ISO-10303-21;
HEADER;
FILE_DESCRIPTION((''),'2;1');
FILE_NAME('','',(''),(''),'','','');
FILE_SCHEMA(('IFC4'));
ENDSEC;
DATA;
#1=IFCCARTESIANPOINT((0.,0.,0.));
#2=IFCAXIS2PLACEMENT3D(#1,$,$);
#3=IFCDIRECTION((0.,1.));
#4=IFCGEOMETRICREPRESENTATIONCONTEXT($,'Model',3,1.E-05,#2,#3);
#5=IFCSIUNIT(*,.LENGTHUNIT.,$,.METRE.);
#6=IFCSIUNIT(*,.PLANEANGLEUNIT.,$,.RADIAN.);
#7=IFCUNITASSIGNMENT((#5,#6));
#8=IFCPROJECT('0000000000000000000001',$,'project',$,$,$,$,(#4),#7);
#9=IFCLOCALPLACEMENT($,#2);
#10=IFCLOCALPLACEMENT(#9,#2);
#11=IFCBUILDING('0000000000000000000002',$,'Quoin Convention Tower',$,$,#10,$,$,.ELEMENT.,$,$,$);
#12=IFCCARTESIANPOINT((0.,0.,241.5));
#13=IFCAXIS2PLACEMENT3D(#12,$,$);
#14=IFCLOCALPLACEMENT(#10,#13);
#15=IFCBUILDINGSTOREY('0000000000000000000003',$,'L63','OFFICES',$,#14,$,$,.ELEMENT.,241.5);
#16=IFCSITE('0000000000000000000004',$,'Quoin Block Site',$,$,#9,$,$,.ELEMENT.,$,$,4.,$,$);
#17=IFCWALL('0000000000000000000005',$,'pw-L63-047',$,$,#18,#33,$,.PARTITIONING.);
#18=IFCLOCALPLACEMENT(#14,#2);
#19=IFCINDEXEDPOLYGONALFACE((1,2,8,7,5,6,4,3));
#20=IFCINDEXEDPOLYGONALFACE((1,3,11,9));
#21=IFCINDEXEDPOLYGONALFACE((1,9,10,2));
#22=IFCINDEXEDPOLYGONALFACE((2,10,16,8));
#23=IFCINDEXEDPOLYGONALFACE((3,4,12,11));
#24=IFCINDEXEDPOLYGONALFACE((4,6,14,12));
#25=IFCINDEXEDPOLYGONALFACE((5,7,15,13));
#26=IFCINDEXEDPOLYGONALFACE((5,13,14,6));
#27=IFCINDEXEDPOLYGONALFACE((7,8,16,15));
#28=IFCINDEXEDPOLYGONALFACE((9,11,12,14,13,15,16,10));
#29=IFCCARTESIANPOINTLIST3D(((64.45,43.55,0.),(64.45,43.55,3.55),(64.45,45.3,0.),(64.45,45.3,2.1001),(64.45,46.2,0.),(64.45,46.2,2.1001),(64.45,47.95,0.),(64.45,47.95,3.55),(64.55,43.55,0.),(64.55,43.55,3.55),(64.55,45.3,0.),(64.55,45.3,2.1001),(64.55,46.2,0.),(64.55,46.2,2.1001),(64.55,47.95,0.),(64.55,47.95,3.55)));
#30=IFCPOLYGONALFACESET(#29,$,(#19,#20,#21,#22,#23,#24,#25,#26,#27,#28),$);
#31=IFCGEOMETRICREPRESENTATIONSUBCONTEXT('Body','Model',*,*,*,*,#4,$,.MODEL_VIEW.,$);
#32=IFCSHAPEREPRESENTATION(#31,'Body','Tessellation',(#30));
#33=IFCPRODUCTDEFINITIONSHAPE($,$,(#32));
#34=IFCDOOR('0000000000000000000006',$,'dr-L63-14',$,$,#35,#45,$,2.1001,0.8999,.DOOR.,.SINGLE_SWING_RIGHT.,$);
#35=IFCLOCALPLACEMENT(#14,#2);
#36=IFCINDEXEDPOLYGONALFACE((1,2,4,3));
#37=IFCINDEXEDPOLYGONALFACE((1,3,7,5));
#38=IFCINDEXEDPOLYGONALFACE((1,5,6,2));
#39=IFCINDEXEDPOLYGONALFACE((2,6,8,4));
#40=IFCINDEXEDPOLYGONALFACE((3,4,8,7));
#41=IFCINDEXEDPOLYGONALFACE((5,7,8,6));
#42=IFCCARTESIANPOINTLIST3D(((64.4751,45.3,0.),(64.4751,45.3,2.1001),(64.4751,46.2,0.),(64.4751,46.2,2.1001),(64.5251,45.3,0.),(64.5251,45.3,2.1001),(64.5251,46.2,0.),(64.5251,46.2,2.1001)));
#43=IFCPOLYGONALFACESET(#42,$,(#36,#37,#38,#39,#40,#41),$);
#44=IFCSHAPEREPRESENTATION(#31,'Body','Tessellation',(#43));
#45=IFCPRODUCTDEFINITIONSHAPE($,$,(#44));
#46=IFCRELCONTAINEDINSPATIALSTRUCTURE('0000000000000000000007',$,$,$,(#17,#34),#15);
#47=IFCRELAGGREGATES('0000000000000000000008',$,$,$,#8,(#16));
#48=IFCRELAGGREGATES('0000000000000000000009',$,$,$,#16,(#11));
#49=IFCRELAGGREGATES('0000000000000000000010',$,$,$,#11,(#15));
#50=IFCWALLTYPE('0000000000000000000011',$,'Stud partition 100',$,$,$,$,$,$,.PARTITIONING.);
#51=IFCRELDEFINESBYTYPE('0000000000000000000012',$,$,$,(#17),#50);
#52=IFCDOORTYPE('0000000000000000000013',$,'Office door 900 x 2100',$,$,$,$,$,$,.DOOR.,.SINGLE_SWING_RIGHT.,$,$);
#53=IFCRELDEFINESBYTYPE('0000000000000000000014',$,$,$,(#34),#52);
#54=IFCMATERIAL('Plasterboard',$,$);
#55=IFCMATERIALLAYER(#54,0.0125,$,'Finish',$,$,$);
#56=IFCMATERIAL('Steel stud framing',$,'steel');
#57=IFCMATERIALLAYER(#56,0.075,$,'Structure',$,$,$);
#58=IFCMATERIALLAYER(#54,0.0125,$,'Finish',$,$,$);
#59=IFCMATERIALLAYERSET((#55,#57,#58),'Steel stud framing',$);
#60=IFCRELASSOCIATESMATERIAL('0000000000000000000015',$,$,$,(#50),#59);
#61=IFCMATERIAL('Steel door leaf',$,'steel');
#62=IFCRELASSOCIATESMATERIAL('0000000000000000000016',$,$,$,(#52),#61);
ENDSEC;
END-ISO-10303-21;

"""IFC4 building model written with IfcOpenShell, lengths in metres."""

from ifc_helpers import new_model, si_unit, direction, frame, frame_2d, origin, place, context, subcontext, project, spatial, rectangle, extrude, material, layer, layer_set, type_object, element, fill, save


model = new_model("IFC4")

# Units and contexts
model_context = context("Model", 3, precision=1e-05, world=origin(), true_north=direction((0.0, 1.0)))
body_context = subcontext(model_context, "Body", "Model", "MODEL_VIEW")
ifc_project = project(units=[si_unit("LENGTHUNIT", "METRE"), si_unit("PLANEANGLEUNIT", "RADIAN")], contexts=[model_context])

# Site, building, storey
site_placement = place(None, origin())
site = spatial("IfcSite", under=ifc_project, at=site_placement, Name="Quoin Block Site", CompositionType="ELEMENT", RefElevation=4.0)
building_placement = place(site_placement, origin())
building = spatial("IfcBuilding", under=site, at=building_placement, Name="Quoin Convention Tower", CompositionType="ELEMENT")
storey_placement = place(building_placement, frame((0.0, 0.0, 241.5)))
storey = spatial("IfcBuildingStorey", under=building, at=storey_placement, Name="L63", Description="OFFICES", CompositionType="ELEMENT", Elevation=241.5)

# Shared definitions
ifc_material_1 = material(Name="Plasterboard")
ifc_material_2 = material(Name="Steel stud framing", Category="steel")

# Shared definitions
ifc_material_3 = material(Name="Steel door leaf", Category="steel")

# Shared definitions
ifc_layer_1 = layer(ifc_material_1, 0.0125, Name="Finish")
ifc_layer_2 = layer(ifc_material_2, 0.075, Name="Structure")
ifc_layer_3 = layer(ifc_material_1, 0.0125, Name="Finish")
ifc_layer_set_1 = layer_set([ifc_layer_1, ifc_layer_2, ifc_layer_3], Name="Steel stud framing")
wall_type_1 = type_object("IfcWallType", Name="Stud partition 100", PredefinedType="PARTITIONING", material=ifc_layer_set_1)

# Wall, opening, door
door_type_1 = type_object("IfcDoorType", Name="Office door 900 x 2100", OperationType="SINGLE_SWING_RIGHT", PredefinedType="DOOR", material=ifc_material_3)
wall_1_placement = place(storey_placement, frame((64.5, 43.55, 0.0), z_axis=(0.0, 0.0, 1.0), x_axis=(0.0, 1.0, 0.0)))
wall_1 = element("IfcWall", 1, at=wall_1_placement, inside=storey, type_object=wall_type_1, Name="pw-L63-047", PredefinedType="PARTITIONING", context=body_context, shape_type="SweptSolid", body=[
    extrude(rectangle(XDim=4.3999, YDim=0.1001, at=frame_2d((2.2, 0.0))), origin(), (0.0, 0.0, 1.0), 3.55),
])
opening_1_placement = place(wall_1_placement, frame((1.75, 0.0, 0.0)))
opening_1 = element("IfcOpeningElement", 2, at=opening_1_placement, cuts=wall_1, PredefinedType="OPENING", context=body_context, shape_type="SweptSolid", body=[
    extrude(rectangle(XDim=0.8999, YDim=2.1001, at=frame_2d((0.45, 1.05))), frame((0.0, 0.0601, 0.0), z_axis=(0.0, -1.0, 0.0), x_axis=(1.0, 0.0, 0.0)), (0.0, 0.0, 1.0), 0.1201),
])
door_1_placement = place(opening_1_placement, origin())
door_1 = element("IfcDoor", 3, at=door_1_placement, inside=storey, type_object=door_type_1, Name="dr-L63-14", OperationType="SINGLE_SWING_RIGHT", OverallHeight=2.1001, OverallWidth=0.8999, PredefinedType="DOOR", context=body_context, shape_type="SweptSolid", body=[
    extrude(rectangle(XDim=0.8999, YDim=2.1001, at=frame_2d((0.45, 1.05))), frame((0.0, 0.0249, 0.0), z_axis=(0.0, -1.0, 0.0), x_axis=(1.0, 0.0, 0.0)), (0.0, 0.0, 1.0), 0.05),
])
fill(opening_1, door_1)

save(model, "model.ifc")
